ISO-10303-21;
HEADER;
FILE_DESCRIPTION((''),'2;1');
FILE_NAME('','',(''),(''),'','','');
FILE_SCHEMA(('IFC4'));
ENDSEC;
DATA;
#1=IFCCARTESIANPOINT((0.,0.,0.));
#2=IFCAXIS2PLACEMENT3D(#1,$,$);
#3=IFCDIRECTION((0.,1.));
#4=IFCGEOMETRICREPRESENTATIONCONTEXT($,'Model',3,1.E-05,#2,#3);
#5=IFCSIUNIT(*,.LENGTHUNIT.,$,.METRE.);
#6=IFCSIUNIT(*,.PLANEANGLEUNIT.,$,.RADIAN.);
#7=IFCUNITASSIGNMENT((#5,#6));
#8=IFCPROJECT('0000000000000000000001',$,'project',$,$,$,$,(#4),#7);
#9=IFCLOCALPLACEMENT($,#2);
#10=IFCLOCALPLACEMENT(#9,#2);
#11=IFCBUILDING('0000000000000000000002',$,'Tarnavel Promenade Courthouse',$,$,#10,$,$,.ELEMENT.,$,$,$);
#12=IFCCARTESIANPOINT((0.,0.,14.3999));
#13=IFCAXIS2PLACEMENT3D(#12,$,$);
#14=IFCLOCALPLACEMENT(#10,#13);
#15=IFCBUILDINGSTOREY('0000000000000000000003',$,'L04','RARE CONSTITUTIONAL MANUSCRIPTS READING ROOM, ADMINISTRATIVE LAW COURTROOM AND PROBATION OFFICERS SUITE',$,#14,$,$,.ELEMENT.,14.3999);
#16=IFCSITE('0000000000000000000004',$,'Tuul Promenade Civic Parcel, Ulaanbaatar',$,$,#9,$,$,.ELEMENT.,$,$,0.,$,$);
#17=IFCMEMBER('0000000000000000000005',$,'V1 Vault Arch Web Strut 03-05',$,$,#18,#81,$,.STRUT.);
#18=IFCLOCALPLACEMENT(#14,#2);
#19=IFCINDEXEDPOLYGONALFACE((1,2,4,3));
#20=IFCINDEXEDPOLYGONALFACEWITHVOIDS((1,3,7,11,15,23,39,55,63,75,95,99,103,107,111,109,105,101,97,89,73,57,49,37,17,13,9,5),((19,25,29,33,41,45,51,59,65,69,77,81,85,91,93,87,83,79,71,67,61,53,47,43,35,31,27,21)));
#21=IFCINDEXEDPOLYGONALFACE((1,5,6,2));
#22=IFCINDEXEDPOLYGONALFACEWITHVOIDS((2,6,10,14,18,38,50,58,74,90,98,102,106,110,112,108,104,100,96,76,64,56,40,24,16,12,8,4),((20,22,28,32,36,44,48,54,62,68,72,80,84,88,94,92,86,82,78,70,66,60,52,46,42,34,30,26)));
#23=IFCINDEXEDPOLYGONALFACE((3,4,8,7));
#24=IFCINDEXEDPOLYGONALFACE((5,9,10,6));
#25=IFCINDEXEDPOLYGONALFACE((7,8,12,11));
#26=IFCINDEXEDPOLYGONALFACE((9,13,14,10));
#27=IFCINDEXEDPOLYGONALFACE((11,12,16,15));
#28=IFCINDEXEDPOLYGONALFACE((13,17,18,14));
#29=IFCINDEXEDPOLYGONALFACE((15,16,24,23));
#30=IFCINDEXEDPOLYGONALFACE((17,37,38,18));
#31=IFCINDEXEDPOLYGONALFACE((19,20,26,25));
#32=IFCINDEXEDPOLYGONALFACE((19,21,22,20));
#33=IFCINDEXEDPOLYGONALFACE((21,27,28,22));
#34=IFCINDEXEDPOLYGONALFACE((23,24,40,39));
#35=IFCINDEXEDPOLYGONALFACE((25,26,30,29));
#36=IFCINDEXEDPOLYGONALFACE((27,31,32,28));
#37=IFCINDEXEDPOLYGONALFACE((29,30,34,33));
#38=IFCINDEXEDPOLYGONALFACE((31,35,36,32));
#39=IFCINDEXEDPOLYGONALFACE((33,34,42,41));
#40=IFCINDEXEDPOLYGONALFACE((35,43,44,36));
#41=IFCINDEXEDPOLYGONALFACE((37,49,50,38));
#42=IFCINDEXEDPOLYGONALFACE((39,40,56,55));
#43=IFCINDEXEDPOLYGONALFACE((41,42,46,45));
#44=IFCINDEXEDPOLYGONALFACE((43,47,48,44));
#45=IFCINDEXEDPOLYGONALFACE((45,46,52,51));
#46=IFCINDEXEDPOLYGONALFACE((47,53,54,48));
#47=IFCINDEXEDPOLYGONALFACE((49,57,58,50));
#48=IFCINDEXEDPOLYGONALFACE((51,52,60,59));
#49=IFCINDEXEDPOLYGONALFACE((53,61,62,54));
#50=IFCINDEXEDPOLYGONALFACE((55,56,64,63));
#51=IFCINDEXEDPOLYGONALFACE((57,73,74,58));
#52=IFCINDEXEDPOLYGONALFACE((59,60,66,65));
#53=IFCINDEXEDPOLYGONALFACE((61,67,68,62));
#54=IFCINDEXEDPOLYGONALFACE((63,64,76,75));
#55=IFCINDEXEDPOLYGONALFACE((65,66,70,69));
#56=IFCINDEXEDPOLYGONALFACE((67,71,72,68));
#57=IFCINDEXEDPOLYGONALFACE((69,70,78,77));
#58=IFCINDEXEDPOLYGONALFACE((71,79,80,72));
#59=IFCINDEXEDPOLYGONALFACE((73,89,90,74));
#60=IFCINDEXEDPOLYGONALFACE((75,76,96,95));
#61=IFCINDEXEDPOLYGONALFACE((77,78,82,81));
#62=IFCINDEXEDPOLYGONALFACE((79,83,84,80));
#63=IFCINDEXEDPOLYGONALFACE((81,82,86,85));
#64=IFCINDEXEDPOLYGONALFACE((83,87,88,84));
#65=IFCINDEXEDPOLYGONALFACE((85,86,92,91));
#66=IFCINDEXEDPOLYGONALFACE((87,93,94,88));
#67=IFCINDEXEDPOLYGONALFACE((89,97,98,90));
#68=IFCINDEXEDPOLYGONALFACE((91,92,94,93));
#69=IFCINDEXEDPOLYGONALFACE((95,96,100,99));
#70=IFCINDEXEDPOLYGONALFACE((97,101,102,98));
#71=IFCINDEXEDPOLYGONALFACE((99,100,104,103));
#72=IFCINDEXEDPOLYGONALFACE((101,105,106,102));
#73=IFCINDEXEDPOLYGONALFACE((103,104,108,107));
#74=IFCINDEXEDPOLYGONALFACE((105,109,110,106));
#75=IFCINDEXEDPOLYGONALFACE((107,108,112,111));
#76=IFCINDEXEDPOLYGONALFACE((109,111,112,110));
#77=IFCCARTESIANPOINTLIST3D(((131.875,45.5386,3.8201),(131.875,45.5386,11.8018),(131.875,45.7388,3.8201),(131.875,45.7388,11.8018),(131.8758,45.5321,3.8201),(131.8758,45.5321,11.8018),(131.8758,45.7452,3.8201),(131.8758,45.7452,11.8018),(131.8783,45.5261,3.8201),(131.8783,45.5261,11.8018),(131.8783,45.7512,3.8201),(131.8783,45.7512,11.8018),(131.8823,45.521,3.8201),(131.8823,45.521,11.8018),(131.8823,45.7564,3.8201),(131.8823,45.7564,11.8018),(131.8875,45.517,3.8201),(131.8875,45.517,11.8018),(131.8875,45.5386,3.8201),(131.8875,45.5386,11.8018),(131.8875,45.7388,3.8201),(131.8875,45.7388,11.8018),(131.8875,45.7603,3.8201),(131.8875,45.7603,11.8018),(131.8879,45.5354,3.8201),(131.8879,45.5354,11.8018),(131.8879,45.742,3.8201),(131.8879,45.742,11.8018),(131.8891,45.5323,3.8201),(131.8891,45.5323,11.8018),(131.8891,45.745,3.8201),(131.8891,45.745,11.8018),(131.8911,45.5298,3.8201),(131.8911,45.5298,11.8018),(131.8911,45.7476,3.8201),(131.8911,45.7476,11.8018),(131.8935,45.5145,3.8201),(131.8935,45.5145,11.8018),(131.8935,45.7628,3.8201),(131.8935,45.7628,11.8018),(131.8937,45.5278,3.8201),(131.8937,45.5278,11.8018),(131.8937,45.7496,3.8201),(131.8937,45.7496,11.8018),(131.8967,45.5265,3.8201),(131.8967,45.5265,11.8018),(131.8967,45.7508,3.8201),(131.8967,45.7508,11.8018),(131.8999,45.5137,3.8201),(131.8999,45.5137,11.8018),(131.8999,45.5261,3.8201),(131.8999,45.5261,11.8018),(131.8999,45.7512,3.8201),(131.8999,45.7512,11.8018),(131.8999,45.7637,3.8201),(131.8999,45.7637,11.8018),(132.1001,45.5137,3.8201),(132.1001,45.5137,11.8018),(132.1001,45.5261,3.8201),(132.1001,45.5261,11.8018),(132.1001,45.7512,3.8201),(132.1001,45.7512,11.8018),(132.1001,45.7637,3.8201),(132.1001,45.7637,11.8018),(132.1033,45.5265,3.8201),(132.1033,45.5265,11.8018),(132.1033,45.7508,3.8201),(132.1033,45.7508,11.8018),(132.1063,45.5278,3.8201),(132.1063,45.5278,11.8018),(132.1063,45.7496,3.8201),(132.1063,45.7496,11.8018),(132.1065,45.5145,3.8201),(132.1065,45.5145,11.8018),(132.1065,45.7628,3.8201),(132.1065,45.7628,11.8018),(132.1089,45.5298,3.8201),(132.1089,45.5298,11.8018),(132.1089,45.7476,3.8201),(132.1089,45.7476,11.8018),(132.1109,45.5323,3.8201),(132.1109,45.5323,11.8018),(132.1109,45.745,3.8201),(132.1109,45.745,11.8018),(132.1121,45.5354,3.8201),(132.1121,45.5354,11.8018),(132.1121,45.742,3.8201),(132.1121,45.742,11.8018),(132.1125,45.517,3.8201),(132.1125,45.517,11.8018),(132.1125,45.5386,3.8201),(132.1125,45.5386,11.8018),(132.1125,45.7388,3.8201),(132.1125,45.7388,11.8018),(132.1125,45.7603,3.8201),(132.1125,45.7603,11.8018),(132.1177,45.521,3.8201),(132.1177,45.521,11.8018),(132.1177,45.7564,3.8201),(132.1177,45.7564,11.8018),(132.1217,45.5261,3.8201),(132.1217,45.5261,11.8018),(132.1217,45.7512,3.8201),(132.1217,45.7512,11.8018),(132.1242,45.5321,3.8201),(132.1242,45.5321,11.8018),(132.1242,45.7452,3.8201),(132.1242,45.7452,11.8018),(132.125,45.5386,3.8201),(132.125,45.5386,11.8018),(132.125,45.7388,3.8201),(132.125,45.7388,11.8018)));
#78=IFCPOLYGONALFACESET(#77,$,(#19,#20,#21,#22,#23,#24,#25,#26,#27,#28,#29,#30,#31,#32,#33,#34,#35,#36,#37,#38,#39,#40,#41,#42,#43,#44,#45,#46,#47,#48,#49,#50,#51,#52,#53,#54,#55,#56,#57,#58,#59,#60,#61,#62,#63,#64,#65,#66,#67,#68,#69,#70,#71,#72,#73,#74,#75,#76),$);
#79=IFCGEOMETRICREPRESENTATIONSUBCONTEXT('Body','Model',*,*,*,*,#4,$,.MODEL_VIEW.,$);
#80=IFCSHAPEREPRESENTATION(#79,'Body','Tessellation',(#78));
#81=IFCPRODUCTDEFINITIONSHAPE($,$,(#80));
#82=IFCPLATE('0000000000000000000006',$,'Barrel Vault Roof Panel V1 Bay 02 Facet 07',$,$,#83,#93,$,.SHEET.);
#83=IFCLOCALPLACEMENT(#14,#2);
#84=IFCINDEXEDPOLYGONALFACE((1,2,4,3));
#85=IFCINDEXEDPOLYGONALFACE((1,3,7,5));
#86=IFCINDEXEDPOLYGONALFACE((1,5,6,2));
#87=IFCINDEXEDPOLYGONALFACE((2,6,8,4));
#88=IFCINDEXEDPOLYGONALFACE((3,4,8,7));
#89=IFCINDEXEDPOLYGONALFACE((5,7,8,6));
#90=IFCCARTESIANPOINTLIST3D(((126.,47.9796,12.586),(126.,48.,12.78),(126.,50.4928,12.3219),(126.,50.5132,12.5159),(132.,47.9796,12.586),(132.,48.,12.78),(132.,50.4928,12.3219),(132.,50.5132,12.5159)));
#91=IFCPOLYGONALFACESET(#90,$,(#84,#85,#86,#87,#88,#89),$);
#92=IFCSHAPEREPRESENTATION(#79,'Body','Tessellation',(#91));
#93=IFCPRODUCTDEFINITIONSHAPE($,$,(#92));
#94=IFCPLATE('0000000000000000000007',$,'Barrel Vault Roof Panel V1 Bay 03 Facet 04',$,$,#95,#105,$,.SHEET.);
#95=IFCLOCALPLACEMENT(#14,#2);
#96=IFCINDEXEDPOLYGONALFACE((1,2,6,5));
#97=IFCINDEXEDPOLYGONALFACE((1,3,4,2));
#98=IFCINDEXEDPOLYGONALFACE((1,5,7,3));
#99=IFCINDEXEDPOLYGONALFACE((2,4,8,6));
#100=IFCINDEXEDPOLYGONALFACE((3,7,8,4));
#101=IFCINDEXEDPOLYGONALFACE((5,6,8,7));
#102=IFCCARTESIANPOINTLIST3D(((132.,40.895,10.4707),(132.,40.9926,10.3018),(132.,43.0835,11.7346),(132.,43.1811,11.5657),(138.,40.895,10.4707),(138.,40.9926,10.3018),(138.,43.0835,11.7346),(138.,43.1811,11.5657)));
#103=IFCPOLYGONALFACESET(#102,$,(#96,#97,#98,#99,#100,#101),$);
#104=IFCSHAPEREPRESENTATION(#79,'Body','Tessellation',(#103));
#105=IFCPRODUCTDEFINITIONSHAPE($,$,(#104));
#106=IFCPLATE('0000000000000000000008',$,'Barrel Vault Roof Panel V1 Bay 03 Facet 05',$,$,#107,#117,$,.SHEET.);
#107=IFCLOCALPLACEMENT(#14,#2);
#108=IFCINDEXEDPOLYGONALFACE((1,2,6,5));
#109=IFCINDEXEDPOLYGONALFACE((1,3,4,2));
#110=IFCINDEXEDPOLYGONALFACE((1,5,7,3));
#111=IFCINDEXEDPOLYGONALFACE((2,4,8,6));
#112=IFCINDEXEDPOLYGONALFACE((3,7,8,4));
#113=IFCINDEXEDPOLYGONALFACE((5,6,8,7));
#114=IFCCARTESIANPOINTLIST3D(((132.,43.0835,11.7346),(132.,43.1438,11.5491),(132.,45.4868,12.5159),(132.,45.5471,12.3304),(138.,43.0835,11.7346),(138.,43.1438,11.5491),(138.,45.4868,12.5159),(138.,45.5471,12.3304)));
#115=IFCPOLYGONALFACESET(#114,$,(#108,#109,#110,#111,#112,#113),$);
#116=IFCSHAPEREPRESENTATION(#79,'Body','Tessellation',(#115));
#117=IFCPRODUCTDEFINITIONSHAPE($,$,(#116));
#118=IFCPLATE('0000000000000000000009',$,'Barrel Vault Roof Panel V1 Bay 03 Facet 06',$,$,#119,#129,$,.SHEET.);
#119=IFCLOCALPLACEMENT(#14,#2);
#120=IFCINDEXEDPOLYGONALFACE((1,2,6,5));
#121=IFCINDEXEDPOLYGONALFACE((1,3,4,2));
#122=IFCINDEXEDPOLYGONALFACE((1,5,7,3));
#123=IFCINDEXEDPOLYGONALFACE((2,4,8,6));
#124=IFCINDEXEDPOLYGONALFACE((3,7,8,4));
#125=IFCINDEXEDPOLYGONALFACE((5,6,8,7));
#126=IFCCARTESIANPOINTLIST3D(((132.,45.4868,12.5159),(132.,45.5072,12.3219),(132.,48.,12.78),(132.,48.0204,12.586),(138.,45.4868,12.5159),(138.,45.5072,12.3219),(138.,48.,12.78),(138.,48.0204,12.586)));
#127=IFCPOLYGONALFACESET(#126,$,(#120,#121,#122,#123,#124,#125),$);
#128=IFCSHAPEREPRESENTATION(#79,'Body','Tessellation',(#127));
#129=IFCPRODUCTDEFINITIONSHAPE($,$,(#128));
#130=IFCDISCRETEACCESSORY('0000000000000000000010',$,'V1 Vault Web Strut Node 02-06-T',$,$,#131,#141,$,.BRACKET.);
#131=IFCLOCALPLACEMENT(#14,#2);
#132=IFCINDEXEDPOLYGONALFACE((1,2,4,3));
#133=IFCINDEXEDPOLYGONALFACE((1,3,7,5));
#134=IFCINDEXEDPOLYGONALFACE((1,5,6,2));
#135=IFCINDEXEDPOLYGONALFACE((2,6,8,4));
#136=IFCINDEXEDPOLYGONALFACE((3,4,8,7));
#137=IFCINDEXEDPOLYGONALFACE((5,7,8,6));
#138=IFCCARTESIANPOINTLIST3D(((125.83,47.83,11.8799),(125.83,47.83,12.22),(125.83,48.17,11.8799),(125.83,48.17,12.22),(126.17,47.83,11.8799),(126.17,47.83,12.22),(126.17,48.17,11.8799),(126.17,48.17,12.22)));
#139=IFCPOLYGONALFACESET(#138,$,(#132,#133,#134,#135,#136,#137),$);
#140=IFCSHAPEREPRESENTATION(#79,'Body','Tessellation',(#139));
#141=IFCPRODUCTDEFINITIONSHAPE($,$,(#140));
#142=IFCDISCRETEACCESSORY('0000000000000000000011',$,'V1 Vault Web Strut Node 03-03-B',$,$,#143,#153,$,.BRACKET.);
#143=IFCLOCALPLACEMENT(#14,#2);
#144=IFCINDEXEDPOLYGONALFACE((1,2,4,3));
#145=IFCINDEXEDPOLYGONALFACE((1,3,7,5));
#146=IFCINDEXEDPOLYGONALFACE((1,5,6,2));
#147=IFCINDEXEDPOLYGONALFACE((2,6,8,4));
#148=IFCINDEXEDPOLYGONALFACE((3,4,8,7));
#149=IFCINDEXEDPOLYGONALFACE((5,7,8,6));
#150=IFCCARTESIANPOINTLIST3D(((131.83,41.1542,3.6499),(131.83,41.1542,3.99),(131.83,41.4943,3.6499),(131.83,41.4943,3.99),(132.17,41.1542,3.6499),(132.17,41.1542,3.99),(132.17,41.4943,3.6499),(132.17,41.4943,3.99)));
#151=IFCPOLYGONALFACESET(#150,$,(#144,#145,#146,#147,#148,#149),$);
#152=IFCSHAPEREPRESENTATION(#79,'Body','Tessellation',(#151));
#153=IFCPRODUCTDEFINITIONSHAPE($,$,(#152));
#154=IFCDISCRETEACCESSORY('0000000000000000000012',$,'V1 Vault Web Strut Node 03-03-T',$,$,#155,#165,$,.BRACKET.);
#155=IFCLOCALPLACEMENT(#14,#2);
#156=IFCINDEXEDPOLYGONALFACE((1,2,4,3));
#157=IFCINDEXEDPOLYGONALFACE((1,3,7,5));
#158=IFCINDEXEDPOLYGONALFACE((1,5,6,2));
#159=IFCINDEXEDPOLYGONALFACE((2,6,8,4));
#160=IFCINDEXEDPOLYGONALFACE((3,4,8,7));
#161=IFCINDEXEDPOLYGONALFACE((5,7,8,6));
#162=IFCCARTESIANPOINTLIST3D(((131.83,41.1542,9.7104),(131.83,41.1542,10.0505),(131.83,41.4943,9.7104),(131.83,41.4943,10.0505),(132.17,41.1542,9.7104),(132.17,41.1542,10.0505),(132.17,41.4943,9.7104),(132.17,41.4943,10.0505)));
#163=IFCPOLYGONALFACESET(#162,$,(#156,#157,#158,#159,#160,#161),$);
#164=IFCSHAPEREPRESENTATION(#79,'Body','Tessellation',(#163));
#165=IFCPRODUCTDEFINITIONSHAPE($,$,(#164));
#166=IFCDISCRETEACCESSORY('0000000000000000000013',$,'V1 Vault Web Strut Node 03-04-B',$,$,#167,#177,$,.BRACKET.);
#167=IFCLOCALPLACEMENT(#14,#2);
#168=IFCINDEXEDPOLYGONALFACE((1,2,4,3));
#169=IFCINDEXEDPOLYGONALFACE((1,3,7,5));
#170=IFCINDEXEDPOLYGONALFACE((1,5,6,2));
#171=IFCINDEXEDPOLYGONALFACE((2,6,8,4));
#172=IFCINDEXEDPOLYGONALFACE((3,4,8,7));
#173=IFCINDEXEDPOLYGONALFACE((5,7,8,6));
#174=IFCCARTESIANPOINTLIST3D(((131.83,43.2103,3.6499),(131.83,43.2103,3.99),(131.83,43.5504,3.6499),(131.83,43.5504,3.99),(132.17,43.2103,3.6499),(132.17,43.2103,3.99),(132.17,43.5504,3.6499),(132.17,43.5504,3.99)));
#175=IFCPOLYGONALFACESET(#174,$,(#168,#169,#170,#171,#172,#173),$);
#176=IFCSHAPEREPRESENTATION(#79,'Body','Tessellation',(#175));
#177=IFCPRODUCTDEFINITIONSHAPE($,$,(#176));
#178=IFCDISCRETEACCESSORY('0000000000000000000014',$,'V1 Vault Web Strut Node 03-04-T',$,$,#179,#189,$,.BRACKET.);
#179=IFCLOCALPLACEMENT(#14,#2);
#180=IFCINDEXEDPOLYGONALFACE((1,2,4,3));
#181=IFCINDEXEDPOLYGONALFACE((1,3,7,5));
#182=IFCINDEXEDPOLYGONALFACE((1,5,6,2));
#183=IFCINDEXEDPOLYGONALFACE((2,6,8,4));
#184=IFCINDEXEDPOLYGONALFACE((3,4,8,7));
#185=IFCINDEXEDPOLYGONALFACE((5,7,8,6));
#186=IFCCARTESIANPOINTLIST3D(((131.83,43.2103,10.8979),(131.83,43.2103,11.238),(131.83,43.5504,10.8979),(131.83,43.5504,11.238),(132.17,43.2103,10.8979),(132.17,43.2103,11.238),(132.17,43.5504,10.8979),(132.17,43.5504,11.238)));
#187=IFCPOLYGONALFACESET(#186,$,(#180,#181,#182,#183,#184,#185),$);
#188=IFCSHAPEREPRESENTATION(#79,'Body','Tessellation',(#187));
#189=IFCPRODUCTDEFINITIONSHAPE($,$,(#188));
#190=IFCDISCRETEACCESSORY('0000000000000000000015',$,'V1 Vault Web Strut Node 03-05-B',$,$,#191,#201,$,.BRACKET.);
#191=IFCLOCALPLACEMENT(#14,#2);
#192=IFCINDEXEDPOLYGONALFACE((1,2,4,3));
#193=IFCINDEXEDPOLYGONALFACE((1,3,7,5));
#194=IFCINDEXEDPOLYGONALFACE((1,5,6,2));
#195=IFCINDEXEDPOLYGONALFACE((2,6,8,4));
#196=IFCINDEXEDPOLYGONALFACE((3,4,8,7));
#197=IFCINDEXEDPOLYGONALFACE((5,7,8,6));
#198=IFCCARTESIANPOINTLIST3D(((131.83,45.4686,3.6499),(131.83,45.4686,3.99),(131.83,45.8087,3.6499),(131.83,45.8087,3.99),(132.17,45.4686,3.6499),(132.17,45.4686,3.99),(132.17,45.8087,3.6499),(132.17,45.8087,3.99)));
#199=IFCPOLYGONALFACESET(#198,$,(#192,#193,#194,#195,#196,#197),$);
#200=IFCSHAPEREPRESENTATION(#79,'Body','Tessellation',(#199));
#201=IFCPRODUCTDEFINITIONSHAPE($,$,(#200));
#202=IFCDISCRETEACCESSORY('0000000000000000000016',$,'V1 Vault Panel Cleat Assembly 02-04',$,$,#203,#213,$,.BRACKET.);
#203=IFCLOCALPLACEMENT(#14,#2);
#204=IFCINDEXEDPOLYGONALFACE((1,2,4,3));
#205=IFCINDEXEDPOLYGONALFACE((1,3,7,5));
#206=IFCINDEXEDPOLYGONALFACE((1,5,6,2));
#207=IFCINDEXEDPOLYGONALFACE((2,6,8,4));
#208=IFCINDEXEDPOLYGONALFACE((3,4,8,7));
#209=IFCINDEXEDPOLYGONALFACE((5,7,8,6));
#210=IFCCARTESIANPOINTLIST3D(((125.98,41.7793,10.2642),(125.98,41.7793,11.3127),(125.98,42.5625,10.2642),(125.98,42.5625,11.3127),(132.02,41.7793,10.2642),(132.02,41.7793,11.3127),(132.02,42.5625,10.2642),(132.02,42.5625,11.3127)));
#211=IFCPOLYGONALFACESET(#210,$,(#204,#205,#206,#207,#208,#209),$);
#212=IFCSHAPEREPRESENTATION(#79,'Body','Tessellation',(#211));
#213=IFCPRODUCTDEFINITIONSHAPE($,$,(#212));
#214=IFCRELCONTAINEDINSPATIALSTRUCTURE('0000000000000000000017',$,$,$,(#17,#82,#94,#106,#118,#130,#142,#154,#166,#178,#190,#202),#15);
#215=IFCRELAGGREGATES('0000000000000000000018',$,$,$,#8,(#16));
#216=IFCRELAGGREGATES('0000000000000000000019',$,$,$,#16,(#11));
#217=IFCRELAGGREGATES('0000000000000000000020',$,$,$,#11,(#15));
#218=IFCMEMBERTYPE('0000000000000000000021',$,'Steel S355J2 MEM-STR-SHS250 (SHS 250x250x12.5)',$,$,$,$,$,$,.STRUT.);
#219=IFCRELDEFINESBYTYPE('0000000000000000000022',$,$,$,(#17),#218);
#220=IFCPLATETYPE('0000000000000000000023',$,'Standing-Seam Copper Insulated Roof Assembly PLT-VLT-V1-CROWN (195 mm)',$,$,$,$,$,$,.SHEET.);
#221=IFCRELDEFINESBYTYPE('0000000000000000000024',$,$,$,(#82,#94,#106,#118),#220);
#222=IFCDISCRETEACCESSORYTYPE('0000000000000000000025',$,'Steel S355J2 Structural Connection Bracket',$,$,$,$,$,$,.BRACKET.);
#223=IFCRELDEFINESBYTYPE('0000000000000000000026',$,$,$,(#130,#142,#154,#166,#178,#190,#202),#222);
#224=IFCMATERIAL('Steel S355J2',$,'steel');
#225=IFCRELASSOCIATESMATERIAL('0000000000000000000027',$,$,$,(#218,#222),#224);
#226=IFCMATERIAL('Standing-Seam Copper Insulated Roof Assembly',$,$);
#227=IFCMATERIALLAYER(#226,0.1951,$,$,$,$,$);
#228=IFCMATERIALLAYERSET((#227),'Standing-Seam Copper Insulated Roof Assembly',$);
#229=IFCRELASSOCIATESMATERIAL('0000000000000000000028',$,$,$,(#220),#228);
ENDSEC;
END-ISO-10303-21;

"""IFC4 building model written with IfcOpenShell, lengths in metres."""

from ifc_helpers import new_model, si_unit, direction, frame, origin, origin_2d, place, context, subcontext, project, spatial, polyline, rectangle, hollow_rectangle, outline, extrude, material, layer, layer_set, material_profile, profile_set, type_object, element, save


model = new_model("IFC4")

# Units and contexts
model_context = context("Model", 3, precision=1e-05, world=origin(), true_north=direction((0.0, 1.0)))
body_context = subcontext(model_context, "Body", "Model", "MODEL_VIEW")
ifc_project = project(units=[si_unit("LENGTHUNIT", "METRE"), si_unit("PLANEANGLEUNIT", "RADIAN")], contexts=[model_context])

# Site, building, storey
site_placement = place(None, origin())
site = spatial("IfcSite", under=ifc_project, at=site_placement, Name="Tuul Promenade Civic Parcel, Ulaanbaatar", CompositionType="ELEMENT", RefElevation=0.0)
building_placement = place(site_placement, origin())
building = spatial("IfcBuilding", under=site, at=building_placement, Name="Tarnavel Promenade Courthouse", CompositionType="ELEMENT")
storey_placement = place(building_placement, frame((0.0, 0.0, 14.3999)))
storey = spatial("IfcBuildingStorey", under=building, at=storey_placement, Name="L04", Description="RARE CONSTITUTIONAL MANUSCRIPTS READING ROOM, ADMINISTRATIVE LAW COURTROOM AND PROBATION OFFICERS SUITE", CompositionType="ELEMENT", Elevation=14.3999)

# Shared definitions
ifc_material_1 = material(Name="Steel S355J2", Category="steel")

# Member
ifc_material_profile_1 = material_profile(ifc_material_1, hollow_rectangle(XDim=0.25, YDim=0.25, WallThickness=0.0125, InnerFilletRadius=0.0125, OuterFilletRadius=0.0249, at=origin_2d()), Name="SHS 250x250x12.5")
ifc_profile_set_1 = profile_set([ifc_material_profile_1], Name="Steel S355J2")
member_type_1 = type_object("IfcMemberType", Name="Steel S355J2 MEM-STR-SHS250 (SHS 250x250x12.5)", PredefinedType="STRUT", material=ifc_profile_set_1)
member_1_placement = place(storey_placement, frame((132.0, 45.6387, 3.8201), z_axis=(0.0, 0.0, 1.0), x_axis=(1.0, 0.0, 0.0)))
element("IfcMember", 1, at=member_1_placement, inside=storey, type_object=member_type_1, Name="V1 Vault Arch Web Strut 03-05", PredefinedType="STRUT", context=body_context, shape_type="SweptSolid", body=[
    extrude(hollow_rectangle(XDim=0.25, YDim=0.25, WallThickness=0.0125, InnerFilletRadius=0.0125, OuterFilletRadius=0.0249, at=origin_2d()), origin(), (0.0, 0.0, 1.0), 7.9817),
])

# Plates
ifc_material_2 = material(Name="Standing-Seam Copper Insulated Roof Assembly")
ifc_layer = layer(ifc_material_2, 0.1951)
ifc_layer_set = layer_set([ifc_layer], Name="Standing-Seam Copper Insulated Roof Assembly")
plate_type = type_object("IfcPlateType", Name="Standing-Seam Copper Insulated Roof Assembly PLT-VLT-V1-CROWN (195 mm)", PredefinedType="SHEET", material=ifc_layer_set)
plate_1_placement = place(storey_placement, frame((126.0, 48.0, 12.78), z_axis=(0.0, 0.104534, 0.994521), x_axis=(1.0, 0.0, 0.0)))
element("IfcPlate", 2, at=plate_1_placement, inside=storey, type_object=plate_type, Name="Barrel Vault Roof Panel V1 Bay 02 Facet 07", PredefinedType="SHEET", context=body_context, shape_type="SweptSolid", body=[
    extrude(outline(polyline([(0.0, 0.0), (6.0, 0.0), (6.0, 2.527), (0.0, 2.527), (0.0, 0.0)])), origin(), (0.0, 0.0, -1.0), 0.1951),
])
plate_2_placement = place(storey_placement, frame((132.0, 40.895, 10.4707), z_axis=(0.0, -0.500118, 0.865957), x_axis=(1.0, 0.0, 0.0)))
element("IfcPlate", 3, at=plate_2_placement, inside=storey, type_object=plate_type, Name="Barrel Vault Roof Panel V1 Bay 03 Facet 04", PredefinedType="SHEET", context=body_context, shape_type="SweptSolid", body=[
    extrude(outline(polyline([(0.0, 0.0), (6.0, 0.0), (6.0, 2.5272), (0.0, 2.5272), (0.0, 0.0)])), origin(), (0.0, 0.0, -1.0), 0.1951),
])
plate_3_placement = place(storey_placement, frame((132.0, 43.0835, 11.7346), z_axis=(0.0, -0.309147, 0.951014), x_axis=(1.0, 0.0, 0.0)))
element("IfcPlate", 4, at=plate_3_placement, inside=storey, type_object=plate_type, Name="Barrel Vault Roof Panel V1 Bay 03 Facet 05", PredefinedType="SHEET", context=body_context, shape_type="SweptSolid", body=[
    extrude(outline(polyline([(0.0, 0.0), (6.0, 0.0), (6.0, 2.5271), (0.0, 2.5271), (0.0, 0.0)])), origin(), (0.0, 0.0, -1.0), 0.1951),
])
plate_4_placement = place(storey_placement, frame((132.0, 45.4868, 12.5159), z_axis=(0.0, -0.104534, 0.994521), x_axis=(1.0, 0.0, 0.0)))
element("IfcPlate", 5, at=plate_4_placement, inside=storey, type_object=plate_type, Name="Barrel Vault Roof Panel V1 Bay 03 Facet 06", PredefinedType="SHEET", context=body_context, shape_type="SweptSolid", body=[
    extrude(outline(polyline([(0.0, 0.0), (6.0, 0.0), (6.0, 2.527), (0.0, 2.527), (0.0, 0.0)])), origin(), (0.0, 0.0, -1.0), 0.1951),
])

# Discrete accessories
discrete_accessory_type = type_object("IfcDiscreteAccessoryType", Name="Steel S355J2 Structural Connection Bracket", PredefinedType="BRACKET", material=ifc_material_1)
for number, where, z_axis, x_axis, name in (
    (6, (126.0, 48.0, 11.8799), (0.0, 0.0, 1.0), (1.0, 0.0, 0.0), "V1 Vault Web Strut Node 02-06-T"),
    (7, (132.0, 41.3242, 3.6499), (0.0, 0.0, 1.0), (1.0, 0.0, 0.0), "V1 Vault Web Strut Node 03-03-B"),
    (8, (132.0, 41.3242, 9.7104), (0.0, 0.0, 1.0), (1.0, 0.0, 0.0), "V1 Vault Web Strut Node 03-03-T"),
    (9, (132.0, 43.3804, 3.6499), (0.0, 0.0, 1.0), (1.0, 0.0, 0.0), "V1 Vault Web Strut Node 03-04-B"),
    (10, (132.0, 43.3804, 10.8979), (0.0, 0.0, 1.0), (1.0, 0.0, 0.0), "V1 Vault Web Strut Node 03-04-T"),
    (11, (132.0, 45.6387, 3.6499), (0.0, 0.0, 1.0), (1.0, 0.0, 0.0), "V1 Vault Web Strut Node 03-05-B"),
):
    element("IfcDiscreteAccessory", number, at=place(storey_placement, frame(where, z_axis=z_axis, x_axis=x_axis)), inside=storey, type_object=discrete_accessory_type, Name=name, PredefinedType="BRACKET", context=body_context, shape_type="SweptSolid", body=[
        extrude(rectangle(XDim=0.3401, YDim=0.3401, at=origin_2d()), origin(), (0.0, 0.0, 1.0), 0.3401),
    ])
discrete_accessory_1_placement = place(storey_placement, frame((129.0, 42.1709, 10.2642), z_axis=(0.0, 0.0, 1.0), x_axis=(1.0, 0.0, 0.0)))
element("IfcDiscreteAccessory", 12, at=discrete_accessory_1_placement, inside=storey, type_object=discrete_accessory_type, Name="V1 Vault Panel Cleat Assembly 02-04", PredefinedType="BRACKET", context=body_context, shape_type="SweptSolid", body=[
    extrude(rectangle(XDim=6.04, YDim=0.7832, at=origin_2d()), origin(), (0.0, 0.0, 1.0), 1.0486),
])

save(model, "model.ifc")
